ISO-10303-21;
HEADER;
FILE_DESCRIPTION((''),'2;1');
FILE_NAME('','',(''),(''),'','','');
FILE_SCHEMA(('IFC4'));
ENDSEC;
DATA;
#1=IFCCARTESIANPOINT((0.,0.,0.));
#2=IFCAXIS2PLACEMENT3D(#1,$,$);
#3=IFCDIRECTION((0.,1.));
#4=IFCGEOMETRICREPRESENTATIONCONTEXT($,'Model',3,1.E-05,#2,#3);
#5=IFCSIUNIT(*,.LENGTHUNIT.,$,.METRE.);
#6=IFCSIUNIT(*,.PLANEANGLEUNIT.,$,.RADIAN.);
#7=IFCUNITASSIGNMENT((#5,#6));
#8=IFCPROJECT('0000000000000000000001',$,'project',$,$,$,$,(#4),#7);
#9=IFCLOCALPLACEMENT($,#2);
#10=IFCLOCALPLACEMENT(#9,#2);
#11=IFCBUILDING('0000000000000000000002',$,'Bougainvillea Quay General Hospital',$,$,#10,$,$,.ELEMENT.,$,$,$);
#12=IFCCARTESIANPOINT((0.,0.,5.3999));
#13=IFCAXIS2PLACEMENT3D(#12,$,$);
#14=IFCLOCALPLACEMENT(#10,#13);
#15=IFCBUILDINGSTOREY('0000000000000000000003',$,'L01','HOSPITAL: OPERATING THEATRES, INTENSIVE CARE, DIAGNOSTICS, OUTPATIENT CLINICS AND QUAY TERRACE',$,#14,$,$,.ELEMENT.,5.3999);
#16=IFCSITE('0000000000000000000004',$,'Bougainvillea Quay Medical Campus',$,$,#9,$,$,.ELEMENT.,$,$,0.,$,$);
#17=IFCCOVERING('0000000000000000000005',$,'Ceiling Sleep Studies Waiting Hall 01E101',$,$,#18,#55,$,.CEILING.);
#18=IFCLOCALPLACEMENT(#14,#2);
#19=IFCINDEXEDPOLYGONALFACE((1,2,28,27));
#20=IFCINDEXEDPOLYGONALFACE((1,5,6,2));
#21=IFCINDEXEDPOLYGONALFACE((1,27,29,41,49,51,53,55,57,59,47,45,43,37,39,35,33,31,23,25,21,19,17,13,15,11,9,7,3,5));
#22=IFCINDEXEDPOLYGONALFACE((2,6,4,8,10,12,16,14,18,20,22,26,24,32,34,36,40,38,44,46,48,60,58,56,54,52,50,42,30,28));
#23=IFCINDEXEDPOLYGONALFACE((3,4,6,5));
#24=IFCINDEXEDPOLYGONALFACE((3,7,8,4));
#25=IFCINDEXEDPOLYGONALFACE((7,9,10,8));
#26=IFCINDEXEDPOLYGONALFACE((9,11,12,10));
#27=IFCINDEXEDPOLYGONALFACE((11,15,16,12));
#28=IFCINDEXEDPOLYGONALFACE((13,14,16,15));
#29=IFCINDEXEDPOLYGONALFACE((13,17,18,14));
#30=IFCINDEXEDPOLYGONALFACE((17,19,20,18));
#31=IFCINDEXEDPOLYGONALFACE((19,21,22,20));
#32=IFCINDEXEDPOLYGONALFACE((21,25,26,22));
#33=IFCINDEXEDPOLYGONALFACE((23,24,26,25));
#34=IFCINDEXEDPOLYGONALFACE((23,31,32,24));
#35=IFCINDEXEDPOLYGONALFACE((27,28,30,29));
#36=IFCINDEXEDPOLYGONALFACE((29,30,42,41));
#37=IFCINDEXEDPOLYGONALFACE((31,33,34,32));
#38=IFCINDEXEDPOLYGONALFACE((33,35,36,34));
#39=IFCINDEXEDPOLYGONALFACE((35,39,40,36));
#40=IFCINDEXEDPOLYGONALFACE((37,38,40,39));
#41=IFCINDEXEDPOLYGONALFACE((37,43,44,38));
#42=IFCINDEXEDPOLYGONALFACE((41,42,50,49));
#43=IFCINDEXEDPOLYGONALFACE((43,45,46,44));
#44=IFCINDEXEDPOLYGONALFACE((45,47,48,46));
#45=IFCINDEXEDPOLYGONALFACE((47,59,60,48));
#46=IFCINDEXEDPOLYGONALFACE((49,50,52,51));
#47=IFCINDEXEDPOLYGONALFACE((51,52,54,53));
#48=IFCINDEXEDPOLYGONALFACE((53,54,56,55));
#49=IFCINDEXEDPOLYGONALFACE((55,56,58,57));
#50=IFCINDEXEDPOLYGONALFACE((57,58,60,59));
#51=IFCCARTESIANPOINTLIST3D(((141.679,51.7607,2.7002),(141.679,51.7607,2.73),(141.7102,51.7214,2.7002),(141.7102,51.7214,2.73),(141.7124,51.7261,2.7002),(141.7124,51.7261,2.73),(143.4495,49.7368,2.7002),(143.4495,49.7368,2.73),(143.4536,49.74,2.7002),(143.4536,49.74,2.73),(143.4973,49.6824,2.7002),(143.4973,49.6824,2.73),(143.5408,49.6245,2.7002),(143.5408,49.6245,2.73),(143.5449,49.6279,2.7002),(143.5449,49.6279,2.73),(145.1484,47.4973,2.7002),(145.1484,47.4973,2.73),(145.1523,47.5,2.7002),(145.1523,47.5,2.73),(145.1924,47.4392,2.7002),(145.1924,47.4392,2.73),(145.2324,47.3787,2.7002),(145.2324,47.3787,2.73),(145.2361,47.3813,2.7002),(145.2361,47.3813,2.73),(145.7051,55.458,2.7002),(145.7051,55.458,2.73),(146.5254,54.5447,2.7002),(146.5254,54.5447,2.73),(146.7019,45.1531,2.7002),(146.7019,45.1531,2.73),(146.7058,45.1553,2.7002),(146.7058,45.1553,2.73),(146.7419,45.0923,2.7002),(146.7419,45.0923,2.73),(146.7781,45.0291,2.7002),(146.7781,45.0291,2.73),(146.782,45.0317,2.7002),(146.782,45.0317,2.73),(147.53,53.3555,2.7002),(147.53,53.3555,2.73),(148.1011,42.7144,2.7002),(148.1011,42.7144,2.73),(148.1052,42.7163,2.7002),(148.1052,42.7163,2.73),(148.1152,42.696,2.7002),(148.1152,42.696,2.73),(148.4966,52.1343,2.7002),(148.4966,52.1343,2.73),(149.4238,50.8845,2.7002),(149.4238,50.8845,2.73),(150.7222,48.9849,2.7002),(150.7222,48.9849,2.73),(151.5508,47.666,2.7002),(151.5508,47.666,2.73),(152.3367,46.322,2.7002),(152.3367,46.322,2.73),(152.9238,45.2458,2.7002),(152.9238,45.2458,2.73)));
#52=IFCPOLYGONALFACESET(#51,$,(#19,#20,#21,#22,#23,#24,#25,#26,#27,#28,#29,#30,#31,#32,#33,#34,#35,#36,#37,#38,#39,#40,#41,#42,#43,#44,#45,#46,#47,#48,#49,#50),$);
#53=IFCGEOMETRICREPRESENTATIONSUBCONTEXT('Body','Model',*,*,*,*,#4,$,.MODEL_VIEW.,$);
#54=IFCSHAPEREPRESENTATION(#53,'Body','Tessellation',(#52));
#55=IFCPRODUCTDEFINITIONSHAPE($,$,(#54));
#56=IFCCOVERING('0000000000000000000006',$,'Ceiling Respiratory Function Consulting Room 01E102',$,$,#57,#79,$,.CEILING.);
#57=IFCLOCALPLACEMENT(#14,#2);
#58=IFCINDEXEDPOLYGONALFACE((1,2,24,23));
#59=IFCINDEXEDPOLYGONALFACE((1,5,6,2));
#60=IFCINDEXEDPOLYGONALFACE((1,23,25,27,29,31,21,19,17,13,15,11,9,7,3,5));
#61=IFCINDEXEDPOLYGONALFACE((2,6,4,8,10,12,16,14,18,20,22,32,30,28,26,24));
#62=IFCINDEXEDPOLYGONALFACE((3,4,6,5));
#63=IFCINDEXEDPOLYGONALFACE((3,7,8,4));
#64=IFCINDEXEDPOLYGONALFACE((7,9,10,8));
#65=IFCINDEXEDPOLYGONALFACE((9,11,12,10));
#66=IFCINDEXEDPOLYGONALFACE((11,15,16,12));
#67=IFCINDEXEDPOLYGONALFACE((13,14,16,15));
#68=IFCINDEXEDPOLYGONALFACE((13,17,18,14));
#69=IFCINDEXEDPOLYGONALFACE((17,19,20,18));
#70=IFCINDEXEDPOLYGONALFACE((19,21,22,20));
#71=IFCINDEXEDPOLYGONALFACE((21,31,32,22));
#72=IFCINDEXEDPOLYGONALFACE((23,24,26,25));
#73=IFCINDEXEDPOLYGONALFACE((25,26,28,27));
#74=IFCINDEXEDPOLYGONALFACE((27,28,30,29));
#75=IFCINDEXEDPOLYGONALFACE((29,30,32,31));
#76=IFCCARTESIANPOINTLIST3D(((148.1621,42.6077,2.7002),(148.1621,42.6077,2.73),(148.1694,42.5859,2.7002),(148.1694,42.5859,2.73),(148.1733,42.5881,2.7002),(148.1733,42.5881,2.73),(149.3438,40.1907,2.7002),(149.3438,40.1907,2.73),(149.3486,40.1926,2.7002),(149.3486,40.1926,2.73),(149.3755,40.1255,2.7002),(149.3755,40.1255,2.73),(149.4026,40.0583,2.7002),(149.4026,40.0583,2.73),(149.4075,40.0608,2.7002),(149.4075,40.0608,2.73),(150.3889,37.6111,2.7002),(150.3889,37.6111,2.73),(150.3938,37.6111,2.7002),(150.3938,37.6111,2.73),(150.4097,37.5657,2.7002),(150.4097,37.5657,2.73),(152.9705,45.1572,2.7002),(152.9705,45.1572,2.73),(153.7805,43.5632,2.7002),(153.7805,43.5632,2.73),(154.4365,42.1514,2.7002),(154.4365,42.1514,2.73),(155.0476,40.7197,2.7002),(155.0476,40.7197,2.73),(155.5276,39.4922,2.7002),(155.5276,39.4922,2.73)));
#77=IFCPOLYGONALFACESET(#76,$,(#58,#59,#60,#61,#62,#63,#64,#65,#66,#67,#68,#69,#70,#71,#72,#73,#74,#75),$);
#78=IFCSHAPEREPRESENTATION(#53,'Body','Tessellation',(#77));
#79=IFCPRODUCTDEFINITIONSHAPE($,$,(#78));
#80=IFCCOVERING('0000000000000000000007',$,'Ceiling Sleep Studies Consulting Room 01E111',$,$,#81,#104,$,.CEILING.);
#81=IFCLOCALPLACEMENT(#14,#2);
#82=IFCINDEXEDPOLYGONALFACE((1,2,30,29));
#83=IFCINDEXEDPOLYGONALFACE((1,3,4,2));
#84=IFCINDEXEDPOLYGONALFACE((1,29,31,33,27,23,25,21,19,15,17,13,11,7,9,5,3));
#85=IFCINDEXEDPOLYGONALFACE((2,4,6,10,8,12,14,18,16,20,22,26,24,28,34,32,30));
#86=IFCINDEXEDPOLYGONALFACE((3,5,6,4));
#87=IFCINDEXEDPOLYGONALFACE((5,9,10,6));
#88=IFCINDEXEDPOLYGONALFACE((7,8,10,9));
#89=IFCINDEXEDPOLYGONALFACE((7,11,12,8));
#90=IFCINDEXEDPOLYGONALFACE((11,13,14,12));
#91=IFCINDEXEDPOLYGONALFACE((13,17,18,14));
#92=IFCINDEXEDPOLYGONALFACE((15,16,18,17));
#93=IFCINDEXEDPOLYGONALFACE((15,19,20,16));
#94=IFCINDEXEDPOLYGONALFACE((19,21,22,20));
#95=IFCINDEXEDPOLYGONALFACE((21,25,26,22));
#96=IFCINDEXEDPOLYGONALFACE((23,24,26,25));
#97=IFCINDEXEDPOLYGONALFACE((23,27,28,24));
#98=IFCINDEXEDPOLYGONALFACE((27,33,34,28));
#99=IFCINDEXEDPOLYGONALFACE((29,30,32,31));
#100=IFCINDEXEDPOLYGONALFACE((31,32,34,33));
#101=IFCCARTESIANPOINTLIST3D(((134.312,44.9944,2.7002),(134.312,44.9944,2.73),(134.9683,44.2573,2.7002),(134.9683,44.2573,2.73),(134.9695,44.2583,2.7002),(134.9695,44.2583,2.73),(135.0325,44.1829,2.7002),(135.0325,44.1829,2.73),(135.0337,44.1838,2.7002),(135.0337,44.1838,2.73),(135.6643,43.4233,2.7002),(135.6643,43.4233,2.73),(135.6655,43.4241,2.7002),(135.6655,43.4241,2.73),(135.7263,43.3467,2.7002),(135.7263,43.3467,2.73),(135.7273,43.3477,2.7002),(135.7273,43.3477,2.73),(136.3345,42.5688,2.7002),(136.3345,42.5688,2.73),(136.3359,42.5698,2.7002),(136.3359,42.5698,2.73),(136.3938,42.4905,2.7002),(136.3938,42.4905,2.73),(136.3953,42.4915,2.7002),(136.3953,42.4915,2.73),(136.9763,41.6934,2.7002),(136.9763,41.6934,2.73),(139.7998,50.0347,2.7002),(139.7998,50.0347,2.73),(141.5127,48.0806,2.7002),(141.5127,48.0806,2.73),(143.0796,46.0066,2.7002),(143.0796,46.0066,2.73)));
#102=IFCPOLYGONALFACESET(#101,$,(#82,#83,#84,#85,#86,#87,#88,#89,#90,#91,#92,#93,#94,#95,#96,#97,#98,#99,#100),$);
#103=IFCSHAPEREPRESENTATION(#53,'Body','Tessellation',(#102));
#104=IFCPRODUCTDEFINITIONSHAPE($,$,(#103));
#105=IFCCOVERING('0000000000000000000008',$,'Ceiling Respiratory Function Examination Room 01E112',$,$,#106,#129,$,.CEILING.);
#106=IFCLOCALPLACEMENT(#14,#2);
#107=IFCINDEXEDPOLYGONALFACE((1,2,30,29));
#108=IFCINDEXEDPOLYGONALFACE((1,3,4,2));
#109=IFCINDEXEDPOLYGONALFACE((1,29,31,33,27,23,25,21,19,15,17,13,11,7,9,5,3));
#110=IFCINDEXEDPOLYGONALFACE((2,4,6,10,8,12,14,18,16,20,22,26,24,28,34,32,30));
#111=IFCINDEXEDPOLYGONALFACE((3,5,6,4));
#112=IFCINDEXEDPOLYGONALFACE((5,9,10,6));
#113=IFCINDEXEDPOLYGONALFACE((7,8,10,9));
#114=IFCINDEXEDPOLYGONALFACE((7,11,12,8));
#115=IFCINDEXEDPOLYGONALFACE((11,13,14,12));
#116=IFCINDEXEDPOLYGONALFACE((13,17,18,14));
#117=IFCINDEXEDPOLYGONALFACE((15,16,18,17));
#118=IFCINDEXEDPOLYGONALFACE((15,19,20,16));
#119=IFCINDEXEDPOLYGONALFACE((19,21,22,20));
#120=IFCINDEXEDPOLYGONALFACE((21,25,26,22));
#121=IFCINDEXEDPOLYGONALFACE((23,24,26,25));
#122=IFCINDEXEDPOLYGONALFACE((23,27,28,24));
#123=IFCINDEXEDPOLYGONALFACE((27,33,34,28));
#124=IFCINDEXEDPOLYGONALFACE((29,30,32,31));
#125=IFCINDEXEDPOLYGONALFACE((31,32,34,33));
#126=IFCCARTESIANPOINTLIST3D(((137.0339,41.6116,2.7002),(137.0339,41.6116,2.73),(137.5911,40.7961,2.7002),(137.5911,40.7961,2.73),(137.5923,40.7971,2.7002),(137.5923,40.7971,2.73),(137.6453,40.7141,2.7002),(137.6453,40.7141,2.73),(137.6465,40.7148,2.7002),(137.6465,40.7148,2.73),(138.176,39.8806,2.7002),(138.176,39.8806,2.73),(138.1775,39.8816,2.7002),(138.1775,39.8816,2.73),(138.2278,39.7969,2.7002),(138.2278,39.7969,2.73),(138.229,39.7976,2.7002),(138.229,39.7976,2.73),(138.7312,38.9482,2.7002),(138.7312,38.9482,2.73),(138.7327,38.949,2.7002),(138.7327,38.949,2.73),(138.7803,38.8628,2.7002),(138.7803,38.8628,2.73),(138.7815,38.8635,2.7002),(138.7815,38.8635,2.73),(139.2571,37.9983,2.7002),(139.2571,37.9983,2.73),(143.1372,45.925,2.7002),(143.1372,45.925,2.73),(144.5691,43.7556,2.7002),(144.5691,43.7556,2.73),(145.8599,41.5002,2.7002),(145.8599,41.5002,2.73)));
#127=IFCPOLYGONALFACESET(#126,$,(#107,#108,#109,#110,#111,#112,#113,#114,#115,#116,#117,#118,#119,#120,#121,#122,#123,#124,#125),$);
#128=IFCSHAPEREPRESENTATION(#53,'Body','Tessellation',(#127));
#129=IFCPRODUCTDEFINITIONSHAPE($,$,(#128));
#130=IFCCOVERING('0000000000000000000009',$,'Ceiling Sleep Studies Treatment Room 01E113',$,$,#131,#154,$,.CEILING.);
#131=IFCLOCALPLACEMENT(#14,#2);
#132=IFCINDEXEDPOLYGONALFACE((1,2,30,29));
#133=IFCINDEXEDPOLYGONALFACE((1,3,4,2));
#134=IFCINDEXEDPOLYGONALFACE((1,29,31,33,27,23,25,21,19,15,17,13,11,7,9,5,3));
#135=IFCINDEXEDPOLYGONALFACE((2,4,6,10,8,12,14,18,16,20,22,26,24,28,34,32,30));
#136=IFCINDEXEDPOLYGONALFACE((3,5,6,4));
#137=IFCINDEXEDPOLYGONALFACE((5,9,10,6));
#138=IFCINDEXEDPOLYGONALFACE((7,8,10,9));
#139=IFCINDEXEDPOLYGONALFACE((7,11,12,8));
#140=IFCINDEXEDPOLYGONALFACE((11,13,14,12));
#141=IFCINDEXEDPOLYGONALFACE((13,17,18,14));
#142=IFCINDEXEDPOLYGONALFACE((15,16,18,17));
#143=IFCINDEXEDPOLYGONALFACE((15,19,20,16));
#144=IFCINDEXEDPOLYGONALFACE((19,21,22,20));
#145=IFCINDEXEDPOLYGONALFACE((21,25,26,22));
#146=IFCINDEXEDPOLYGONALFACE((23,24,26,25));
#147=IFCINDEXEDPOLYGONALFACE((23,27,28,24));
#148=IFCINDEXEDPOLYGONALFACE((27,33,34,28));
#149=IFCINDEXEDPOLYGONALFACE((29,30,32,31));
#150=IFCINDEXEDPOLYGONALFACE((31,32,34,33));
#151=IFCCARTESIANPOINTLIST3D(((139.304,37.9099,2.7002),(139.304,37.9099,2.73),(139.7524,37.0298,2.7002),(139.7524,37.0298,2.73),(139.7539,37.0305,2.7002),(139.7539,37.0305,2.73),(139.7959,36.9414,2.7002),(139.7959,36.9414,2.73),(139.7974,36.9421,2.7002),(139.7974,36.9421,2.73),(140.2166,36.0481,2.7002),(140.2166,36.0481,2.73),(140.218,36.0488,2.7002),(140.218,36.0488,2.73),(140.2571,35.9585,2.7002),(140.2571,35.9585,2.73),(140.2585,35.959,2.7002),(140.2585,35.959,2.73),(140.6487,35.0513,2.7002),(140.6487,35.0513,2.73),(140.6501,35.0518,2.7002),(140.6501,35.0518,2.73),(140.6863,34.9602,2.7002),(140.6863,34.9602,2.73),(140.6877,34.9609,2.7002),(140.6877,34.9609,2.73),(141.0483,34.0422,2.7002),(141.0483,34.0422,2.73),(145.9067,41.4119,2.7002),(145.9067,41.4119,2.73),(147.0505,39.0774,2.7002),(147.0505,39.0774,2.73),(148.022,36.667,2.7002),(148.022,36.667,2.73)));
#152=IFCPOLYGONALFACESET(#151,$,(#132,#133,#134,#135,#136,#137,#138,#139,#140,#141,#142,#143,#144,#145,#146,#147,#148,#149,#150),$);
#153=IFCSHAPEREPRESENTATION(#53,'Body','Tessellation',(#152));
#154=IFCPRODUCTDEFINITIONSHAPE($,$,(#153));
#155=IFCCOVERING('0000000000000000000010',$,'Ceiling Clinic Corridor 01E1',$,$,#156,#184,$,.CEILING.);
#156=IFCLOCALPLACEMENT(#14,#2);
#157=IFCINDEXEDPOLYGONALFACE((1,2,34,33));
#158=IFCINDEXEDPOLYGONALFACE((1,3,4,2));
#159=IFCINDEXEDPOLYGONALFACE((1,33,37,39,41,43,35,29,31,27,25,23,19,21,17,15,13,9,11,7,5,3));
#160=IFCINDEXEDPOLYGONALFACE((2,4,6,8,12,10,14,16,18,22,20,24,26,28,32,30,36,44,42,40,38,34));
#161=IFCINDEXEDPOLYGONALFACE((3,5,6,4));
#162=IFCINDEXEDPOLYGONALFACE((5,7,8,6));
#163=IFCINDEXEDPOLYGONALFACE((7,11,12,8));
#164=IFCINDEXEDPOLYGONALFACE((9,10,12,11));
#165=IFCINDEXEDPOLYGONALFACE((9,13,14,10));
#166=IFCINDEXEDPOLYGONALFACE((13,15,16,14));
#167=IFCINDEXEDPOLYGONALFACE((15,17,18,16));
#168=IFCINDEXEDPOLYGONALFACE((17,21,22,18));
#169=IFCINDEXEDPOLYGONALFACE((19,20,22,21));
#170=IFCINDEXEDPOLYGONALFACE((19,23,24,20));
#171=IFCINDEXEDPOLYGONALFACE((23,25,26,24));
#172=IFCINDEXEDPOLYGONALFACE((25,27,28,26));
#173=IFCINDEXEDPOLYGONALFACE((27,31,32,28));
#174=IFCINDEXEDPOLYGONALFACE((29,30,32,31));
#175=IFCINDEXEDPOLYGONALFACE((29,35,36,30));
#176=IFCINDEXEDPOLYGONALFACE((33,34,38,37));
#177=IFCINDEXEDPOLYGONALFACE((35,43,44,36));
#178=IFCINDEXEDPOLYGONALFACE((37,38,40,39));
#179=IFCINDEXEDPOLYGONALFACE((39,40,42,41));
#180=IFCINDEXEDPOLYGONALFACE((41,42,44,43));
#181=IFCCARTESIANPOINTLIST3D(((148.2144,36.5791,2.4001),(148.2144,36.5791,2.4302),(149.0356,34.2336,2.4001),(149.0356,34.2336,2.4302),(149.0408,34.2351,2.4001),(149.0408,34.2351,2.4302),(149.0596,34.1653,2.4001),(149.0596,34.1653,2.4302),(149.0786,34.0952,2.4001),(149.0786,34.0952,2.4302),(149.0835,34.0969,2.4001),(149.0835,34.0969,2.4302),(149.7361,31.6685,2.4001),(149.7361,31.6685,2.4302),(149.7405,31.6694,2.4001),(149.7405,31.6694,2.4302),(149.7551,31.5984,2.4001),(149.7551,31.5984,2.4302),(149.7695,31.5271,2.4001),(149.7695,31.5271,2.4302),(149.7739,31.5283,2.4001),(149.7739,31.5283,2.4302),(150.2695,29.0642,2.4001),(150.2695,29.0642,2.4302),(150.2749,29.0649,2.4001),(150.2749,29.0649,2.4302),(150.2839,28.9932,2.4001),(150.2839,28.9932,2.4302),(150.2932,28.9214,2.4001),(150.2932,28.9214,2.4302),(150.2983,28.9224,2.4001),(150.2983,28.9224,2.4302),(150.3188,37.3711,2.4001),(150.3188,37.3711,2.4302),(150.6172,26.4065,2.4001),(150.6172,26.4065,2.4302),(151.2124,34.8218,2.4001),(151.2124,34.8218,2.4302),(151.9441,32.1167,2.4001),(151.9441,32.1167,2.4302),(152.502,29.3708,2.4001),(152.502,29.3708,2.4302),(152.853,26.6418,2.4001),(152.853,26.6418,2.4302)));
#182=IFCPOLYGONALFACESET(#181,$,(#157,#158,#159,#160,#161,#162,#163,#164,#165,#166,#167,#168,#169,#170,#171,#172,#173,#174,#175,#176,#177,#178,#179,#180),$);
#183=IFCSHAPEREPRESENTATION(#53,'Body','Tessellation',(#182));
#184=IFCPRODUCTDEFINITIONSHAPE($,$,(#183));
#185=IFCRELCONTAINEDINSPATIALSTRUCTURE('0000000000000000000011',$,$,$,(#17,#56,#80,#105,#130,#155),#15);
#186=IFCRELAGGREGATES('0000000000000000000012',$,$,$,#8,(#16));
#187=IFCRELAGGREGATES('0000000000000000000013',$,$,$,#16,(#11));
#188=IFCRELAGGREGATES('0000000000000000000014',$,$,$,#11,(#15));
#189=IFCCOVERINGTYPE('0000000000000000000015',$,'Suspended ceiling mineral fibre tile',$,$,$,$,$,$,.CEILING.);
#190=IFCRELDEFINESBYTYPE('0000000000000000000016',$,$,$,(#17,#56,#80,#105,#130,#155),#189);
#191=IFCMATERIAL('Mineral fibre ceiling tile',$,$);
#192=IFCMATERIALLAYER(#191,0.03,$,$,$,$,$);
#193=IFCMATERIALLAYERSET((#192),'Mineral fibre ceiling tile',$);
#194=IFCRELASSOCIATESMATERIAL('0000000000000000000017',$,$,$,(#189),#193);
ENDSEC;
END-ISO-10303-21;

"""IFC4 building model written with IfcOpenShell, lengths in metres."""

from ifc_helpers import new_model, si_unit, direction, frame, origin, place, context, subcontext, project, spatial, polyline, outline, extrude, material, layer, layer_set, type_object, element, save


model = new_model("IFC4")

# Units and contexts
model_context = context("Model", 3, precision=1e-05, world=origin(), true_north=direction((0.0, 1.0)))
body_context = subcontext(model_context, "Body", "Model", "MODEL_VIEW")
ifc_project = project(units=[si_unit("LENGTHUNIT", "METRE"), si_unit("PLANEANGLEUNIT", "RADIAN")], contexts=[model_context])

# Site, building, storey
site_placement = place(None, origin())
site = spatial("IfcSite", under=ifc_project, at=site_placement, Name="Bougainvillea Quay Medical Campus", CompositionType="ELEMENT", RefElevation=0.0)
building_placement = place(site_placement, origin())
building = spatial("IfcBuilding", under=site, at=building_placement, Name="Bougainvillea Quay General Hospital", CompositionType="ELEMENT")
storey_placement = place(building_placement, frame((0.0, 0.0, 5.3999)))
storey = spatial("IfcBuildingStorey", under=building, at=storey_placement, Name="L01", Description="HOSPITAL: OPERATING THEATRES, INTENSIVE CARE, DIAGNOSTICS, OUTPATIENT CLINICS AND QUAY TERRACE", CompositionType="ELEMENT", Elevation=5.3999)

# Coverings
ifc_material_1 = material(Name="Mineral fibre ceiling tile")
ifc_layer_1 = layer(ifc_material_1, 0.03)
ifc_layer_set_1 = layer_set([ifc_layer_1], Name="Mineral fibre ceiling tile")
covering_type = type_object("IfcCoveringType", Name="Suspended ceiling mineral fibre tile", PredefinedType="CEILING", material=ifc_layer_set_1)
covering_1_placement = place(storey_placement, frame((0.0, 0.0, 2.7002)))
element("IfcCovering", 1, at=covering_1_placement, inside=storey, type_object=covering_type, Name="Ceiling Sleep Studies Waiting Hall 01E101", PredefinedType="CEILING", context=body_context, shape_type="SweptSolid", body=[
    extrude(outline(polyline([(141.679, 51.7607), (141.7124, 51.7261), (141.7102, 51.7214), (143.4495, 49.7368), (143.4536, 49.74), (143.4973, 49.6824), (143.5449, 49.6279), (143.5408, 49.6245), (145.1484, 47.4973), (145.1523, 47.5), (145.1924, 47.4392), (145.2361, 47.3813), (145.2324, 47.3787), (146.7019, 45.1531), (146.7058, 45.1553), (146.7419, 45.0923), (146.782, 45.0317), (146.7781, 45.0291), (148.1011, 42.7144), (148.1052, 42.7163), (148.1152, 42.696), (152.9238, 45.2458), (152.3367, 46.322), (151.5508, 47.666), (150.7222, 48.9849), (149.4238, 50.8845), (148.4966, 52.1343), (147.53, 53.3555), (146.5254, 54.5447), (145.7051, 55.458), (141.679, 51.7607)])), origin(), (0.0, 0.0, 1.0), 0.0298),
])
covering_2_placement = place(storey_placement, frame((0.0, 0.0, 2.7002)))
element("IfcCovering", 2, at=covering_2_placement, inside=storey, type_object=covering_type, Name="Ceiling Respiratory Function Consulting Room 01E102", PredefinedType="CEILING", context=body_context, shape_type="SweptSolid", body=[
    extrude(outline(polyline([(149.3438, 40.1907), (149.3486, 40.1926), (149.3755, 40.1255), (149.4075, 40.0608), (149.4026, 40.0583), (150.3889, 37.6111), (150.3938, 37.6111), (150.4097, 37.5657), (155.5276, 39.4922), (155.0476, 40.7197), (154.4365, 42.1514), (153.7805, 43.5632), (152.9705, 45.1572), (148.1621, 42.6077), (148.1733, 42.5881), (148.1694, 42.5859), (149.3438, 40.1907)])), origin(), (0.0, 0.0, 1.0), 0.0298),
])
covering_3_placement = place(storey_placement, frame((0.0, 0.0, 2.7002)))
element("IfcCovering", 3, at=covering_3_placement, inside=storey, type_object=covering_type, Name="Ceiling Sleep Studies Consulting Room 01E111", PredefinedType="CEILING", context=body_context, shape_type="SweptSolid", body=[
    extrude(outline(polyline([(135.0337, 44.1838), (135.0325, 44.1829), (135.6643, 43.4233), (135.6655, 43.4241), (135.7273, 43.3477), (135.7263, 43.3467), (136.3345, 42.5688), (136.3359, 42.5698), (136.3953, 42.4915), (136.3938, 42.4905), (136.9763, 41.6934), (143.0796, 46.0066), (141.5127, 48.0806), (139.7998, 50.0347), (134.312, 44.9944), (134.9683, 44.2573), (134.9695, 44.2583), (135.0337, 44.1838)])), origin(), (0.0, 0.0, 1.0), 0.0298),
])
covering_4_placement = place(storey_placement, frame((0.0, 0.0, 2.7002)))
element("IfcCovering", 4, at=covering_4_placement, inside=storey, type_object=covering_type, Name="Ceiling Respiratory Function Examination Room 01E112", PredefinedType="CEILING", context=body_context, shape_type="SweptSolid", body=[
    extrude(outline(polyline([(138.7312, 38.9482), (138.7327, 38.949), (138.7815, 38.8635), (138.7803, 38.8628), (139.2571, 37.9983), (145.8599, 41.5002), (144.5691, 43.7556), (143.1372, 45.925), (137.0339, 41.6116), (137.5911, 40.7961), (137.5923, 40.7971), (137.6465, 40.7148), (137.6453, 40.7141), (138.176, 39.8806), (138.1775, 39.8816), (138.229, 39.7976), (138.2278, 39.7969), (138.7312, 38.9482)])), origin(), (0.0, 0.0, 1.0), 0.0298),
])
covering_5_placement = place(storey_placement, frame((0.0, 0.0, 2.7002)))
element("IfcCovering", 5, at=covering_5_placement, inside=storey, type_object=covering_type, Name="Ceiling Sleep Studies Treatment Room 01E113", PredefinedType="CEILING", context=body_context, shape_type="SweptSolid", body=[
    extrude(outline(polyline([(139.7524, 37.0298), (139.7539, 37.0305), (139.7974, 36.9421), (139.7959, 36.9414), (140.2166, 36.0481), (140.218, 36.0488), (140.2585, 35.959), (140.2571, 35.9585), (140.6487, 35.0513), (140.6501, 35.0518), (140.6877, 34.9609), (140.6863, 34.9602), (141.0483, 34.0422), (148.022, 36.667), (147.0505, 39.0774), (145.9067, 41.4119), (139.304, 37.9099), (139.7524, 37.0298)])), origin(), (0.0, 0.0, 1.0), 0.0298),
])
covering_6_placement = place(storey_placement, frame((0.0, 0.0, 2.4001)))
element("IfcCovering", 6, at=covering_6_placement, inside=storey, type_object=covering_type, Name="Ceiling Clinic Corridor 01E1", PredefinedType="CEILING", context=body_context, shape_type="SweptSolid", body=[
    extrude(outline(polyline([(149.0786, 34.0952), (149.7361, 31.6685), (149.7405, 31.6694), (149.7551, 31.5984), (149.7739, 31.5283), (149.7695, 31.5271), (150.2695, 29.0642), (150.2749, 29.0649), (150.2839, 28.9932), (150.2983, 28.9224), (150.2932, 28.9214), (150.6172, 26.4065), (152.853, 26.6418), (152.502, 29.3708), (151.9441, 32.1167), (151.2124, 34.8218), (150.3188, 37.3711), (148.2144, 36.5791), (149.0356, 34.2336), (149.0408, 34.2351), (149.0596, 34.1653), (149.0835, 34.0969), (149.0786, 34.0952)])), origin(), (0.0, 0.0, 1.0), 0.03),
])

save(model, "model.ifc")
